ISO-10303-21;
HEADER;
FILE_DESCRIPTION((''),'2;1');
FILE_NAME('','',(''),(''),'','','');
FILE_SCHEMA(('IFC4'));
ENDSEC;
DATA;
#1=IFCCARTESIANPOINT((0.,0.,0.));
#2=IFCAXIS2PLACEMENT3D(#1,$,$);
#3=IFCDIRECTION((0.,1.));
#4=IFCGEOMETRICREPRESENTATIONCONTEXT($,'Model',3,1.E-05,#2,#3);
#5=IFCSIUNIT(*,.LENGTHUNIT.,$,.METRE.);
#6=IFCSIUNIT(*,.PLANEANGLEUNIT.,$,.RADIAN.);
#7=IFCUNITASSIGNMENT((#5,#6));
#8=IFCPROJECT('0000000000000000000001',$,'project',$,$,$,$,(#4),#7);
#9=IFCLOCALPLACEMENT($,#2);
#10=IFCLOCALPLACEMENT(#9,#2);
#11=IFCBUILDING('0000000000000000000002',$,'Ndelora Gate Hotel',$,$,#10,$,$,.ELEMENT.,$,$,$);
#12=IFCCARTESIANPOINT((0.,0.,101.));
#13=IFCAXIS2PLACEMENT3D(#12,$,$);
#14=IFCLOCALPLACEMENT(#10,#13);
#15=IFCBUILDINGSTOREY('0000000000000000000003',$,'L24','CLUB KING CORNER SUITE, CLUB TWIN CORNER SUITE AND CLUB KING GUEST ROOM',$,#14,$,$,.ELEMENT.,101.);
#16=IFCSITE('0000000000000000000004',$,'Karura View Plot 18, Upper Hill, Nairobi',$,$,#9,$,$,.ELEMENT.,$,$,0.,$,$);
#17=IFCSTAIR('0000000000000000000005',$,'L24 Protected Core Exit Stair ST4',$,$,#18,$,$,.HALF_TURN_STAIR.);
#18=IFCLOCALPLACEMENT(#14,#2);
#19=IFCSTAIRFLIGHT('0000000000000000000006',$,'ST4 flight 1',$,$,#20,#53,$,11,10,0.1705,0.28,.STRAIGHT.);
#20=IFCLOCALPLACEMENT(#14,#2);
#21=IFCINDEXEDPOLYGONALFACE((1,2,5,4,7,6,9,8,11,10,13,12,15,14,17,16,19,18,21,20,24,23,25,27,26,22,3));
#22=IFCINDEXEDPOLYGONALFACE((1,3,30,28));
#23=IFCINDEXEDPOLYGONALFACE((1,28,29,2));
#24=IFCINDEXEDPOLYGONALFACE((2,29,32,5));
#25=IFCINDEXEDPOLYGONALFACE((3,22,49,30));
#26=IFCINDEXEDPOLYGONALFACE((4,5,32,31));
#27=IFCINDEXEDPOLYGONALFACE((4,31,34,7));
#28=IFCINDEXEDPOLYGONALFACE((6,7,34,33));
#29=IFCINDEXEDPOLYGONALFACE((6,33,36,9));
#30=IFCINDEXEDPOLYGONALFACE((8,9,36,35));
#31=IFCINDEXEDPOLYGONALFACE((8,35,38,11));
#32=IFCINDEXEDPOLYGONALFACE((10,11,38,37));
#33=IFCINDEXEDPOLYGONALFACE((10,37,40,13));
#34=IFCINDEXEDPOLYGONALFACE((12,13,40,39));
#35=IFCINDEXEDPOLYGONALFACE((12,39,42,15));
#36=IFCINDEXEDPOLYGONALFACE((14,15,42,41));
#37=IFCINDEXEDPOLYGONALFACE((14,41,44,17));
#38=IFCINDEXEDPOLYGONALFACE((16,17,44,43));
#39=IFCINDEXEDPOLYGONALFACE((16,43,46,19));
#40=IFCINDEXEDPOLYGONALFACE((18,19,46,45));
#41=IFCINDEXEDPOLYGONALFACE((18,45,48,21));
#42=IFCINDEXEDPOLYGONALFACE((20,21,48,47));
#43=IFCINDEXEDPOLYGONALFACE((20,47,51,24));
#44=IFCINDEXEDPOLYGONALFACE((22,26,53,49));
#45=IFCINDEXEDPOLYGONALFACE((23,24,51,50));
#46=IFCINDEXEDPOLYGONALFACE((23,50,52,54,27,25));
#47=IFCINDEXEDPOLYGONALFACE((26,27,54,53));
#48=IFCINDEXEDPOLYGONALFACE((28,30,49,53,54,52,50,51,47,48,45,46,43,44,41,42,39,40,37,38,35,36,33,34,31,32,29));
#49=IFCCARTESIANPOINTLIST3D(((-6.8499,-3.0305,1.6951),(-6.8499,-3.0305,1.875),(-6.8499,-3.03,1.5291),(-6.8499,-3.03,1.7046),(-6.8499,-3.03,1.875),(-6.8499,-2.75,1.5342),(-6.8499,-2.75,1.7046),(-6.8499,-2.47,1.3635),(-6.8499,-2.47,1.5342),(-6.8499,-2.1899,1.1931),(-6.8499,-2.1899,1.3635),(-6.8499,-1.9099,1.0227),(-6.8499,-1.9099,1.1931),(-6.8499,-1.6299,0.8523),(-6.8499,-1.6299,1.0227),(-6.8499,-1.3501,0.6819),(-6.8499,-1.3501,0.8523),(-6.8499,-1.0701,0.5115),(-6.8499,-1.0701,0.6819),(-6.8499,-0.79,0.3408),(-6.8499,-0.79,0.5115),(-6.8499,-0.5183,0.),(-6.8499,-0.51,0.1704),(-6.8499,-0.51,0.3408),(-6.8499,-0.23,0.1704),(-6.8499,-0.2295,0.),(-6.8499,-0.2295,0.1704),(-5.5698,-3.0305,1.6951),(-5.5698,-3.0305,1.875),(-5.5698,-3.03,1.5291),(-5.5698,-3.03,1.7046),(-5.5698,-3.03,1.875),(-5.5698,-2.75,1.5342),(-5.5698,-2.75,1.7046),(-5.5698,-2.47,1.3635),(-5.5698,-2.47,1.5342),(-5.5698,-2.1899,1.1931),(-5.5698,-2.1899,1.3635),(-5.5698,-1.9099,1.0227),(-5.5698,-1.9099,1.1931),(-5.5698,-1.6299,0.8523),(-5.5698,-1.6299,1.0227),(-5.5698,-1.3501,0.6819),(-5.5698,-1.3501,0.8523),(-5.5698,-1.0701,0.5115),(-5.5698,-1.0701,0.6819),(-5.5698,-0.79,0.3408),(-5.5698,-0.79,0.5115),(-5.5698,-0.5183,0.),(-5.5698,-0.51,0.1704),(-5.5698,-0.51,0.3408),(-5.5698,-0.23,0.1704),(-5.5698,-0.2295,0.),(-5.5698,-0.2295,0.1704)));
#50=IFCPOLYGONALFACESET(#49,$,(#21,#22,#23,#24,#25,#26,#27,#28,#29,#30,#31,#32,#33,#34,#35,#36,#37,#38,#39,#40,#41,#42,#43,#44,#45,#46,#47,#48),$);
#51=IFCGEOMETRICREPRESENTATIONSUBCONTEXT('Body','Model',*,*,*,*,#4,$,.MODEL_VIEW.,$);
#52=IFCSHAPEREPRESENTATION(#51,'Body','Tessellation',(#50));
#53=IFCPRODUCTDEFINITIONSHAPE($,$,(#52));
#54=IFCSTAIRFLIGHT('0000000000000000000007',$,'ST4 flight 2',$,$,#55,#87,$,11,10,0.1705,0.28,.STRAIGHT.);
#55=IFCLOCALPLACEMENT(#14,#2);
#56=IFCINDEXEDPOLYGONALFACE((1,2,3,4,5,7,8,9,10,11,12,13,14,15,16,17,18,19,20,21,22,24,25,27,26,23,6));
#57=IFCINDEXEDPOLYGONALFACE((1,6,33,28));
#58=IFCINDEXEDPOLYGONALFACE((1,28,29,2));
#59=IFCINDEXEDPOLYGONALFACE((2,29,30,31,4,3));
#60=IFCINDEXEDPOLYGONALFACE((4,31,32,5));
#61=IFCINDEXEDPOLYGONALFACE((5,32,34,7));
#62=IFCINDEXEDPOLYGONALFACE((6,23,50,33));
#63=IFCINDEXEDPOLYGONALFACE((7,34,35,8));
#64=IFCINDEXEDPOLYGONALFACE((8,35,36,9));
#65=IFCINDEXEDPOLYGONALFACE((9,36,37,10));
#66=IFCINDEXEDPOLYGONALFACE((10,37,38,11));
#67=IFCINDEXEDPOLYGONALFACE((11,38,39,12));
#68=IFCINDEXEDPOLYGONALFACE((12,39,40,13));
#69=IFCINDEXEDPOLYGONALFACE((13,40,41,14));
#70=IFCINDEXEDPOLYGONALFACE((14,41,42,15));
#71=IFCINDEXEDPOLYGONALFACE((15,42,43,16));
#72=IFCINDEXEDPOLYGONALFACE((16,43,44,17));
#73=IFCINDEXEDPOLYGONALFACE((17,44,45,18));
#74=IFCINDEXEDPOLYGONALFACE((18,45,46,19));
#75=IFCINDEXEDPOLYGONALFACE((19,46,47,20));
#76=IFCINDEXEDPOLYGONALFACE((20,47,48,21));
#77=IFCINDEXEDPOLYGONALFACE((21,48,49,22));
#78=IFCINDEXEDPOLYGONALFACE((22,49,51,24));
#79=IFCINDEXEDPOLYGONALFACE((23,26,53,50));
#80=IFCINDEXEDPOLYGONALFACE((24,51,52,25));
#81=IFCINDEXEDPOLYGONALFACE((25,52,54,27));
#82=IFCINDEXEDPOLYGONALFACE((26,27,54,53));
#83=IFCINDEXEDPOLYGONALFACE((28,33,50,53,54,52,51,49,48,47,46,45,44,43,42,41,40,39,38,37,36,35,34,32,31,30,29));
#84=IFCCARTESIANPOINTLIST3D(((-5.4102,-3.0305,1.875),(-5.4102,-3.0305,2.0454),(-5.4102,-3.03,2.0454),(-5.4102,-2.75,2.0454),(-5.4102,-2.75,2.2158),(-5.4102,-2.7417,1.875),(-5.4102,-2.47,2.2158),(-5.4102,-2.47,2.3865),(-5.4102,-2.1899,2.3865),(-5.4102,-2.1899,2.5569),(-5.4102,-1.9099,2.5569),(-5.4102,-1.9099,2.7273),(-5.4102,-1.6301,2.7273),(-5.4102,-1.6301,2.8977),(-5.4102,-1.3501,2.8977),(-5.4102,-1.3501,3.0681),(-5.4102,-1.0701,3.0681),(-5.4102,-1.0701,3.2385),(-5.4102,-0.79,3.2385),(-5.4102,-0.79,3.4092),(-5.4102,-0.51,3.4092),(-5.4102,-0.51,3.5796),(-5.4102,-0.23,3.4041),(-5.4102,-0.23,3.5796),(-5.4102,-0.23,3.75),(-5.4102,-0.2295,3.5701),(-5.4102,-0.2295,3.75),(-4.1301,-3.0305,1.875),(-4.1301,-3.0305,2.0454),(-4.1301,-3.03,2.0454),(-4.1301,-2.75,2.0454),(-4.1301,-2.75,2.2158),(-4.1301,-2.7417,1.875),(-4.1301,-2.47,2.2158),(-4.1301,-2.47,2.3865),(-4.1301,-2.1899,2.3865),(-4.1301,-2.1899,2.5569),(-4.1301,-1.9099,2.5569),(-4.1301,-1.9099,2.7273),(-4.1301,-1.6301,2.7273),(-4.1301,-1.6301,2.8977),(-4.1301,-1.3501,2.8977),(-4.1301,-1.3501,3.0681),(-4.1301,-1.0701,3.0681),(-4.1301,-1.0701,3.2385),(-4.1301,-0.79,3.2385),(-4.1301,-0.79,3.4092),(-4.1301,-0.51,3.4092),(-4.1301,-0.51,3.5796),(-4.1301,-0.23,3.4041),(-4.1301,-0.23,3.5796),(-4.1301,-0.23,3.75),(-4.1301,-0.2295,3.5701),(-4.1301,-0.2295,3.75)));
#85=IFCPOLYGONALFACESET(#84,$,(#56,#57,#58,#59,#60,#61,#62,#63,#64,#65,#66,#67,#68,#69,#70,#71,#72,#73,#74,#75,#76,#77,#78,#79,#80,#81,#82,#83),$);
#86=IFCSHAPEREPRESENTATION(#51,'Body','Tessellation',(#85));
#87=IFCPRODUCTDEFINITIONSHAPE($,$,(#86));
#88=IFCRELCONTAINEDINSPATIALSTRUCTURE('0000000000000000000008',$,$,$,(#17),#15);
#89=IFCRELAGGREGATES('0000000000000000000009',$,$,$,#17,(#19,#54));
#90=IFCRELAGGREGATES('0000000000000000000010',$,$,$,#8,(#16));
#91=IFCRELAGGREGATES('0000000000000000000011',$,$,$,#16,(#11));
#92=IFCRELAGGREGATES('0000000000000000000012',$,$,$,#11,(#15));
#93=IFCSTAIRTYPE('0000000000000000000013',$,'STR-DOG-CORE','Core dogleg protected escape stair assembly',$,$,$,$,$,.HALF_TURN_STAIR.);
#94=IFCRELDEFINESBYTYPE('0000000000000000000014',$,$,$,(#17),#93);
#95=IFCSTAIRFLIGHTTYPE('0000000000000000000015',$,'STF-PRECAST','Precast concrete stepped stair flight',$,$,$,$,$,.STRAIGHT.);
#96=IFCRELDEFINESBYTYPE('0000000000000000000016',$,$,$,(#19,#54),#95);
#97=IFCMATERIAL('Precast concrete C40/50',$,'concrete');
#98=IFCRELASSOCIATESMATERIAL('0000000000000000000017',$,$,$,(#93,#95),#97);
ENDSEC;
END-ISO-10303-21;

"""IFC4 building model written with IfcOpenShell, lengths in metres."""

from ifc_helpers import new_model, si_unit, direction, frame, origin, place, context, subcontext, project, spatial, polyline, outline, extrude, material, type_object, element, aggregate, save


model = new_model("IFC4")

# Units and contexts
model_context = context("Model", 3, precision=1e-05, world=origin(), true_north=direction((0.0, 1.0)))
body_context = subcontext(model_context, "Body", "Model", "MODEL_VIEW")
ifc_project = project(units=[si_unit("LENGTHUNIT", "METRE"), si_unit("PLANEANGLEUNIT", "RADIAN")], contexts=[model_context])

# Site, building, storey
site_placement = place(None, origin())
site = spatial("IfcSite", under=ifc_project, at=site_placement, Name="Karura View Plot 18, Upper Hill, Nairobi", CompositionType="ELEMENT", RefElevation=0.0)
building_placement = place(site_placement, origin())
building = spatial("IfcBuilding", under=site, at=building_placement, Name="Ndelora Gate Hotel", CompositionType="ELEMENT")
storey_placement = place(building_placement, frame((0.0, 0.0, 101.0)))
storey = spatial("IfcBuildingStorey", under=building, at=storey_placement, Name="L24", Description="CLUB KING CORNER SUITE, CLUB TWIN CORNER SUITE AND CLUB KING GUEST ROOM", CompositionType="ELEMENT", Elevation=101.0)

# Stair, stair flights
ifc_material_1 = material(Name="Precast concrete C40/50", Category="concrete")
stair_type = type_object("IfcStairType", Name="STR-DOG-CORE", Description="Core dogleg protected escape stair assembly", PredefinedType="HALF_TURN_STAIR", material=ifc_material_1)
stair_placement = place(storey_placement, origin())
stair = element("IfcStair", 1, at=stair_placement, inside=storey, type_object=stair_type, Name="L24 Protected Core Exit Stair ST4", PredefinedType="HALF_TURN_STAIR")
stair_flight_type = type_object("IfcStairFlightType", Name="STF-PRECAST", Description="Precast concrete stepped stair flight", PredefinedType="STRAIGHT", material=ifc_material_1)
stair_flight_1_placement = place(storey_placement, frame((-6.21, -0.23, 0.0), z_axis=(0.0, 0.0, 1.0), x_axis=(0.0, -1.0, 0.0)))
stair_flight_1 = element("IfcStairFlight", 2, at=stair_flight_1_placement, type_object=stair_flight_type, Name="ST4 flight 1", NumberOfRisers=11, NumberOfTreads=10, PredefinedType="STRAIGHT", RiserHeight=0.1705, TreadLength=0.28, context=body_context, shape_type="SweptSolid", body=[
    extrude(outline(polyline([(-0.0005, 0.0), (-0.0005, 0.1704), (0.0, 0.1704), (0.28, 0.1704), (0.28, 0.3408), (0.5601, 0.3408), (0.5601, 0.5115), (0.8401, 0.5115), (0.8401, 0.6819), (1.1201, 0.6819), (1.1201, 0.8523), (1.3999, 0.8523), (1.3999, 1.0227), (1.6799, 1.0227), (1.6799, 1.1931), (1.96, 1.1931), (1.96, 1.3635), (2.24, 1.3635), (2.24, 1.5342), (2.52, 1.5342), (2.52, 1.7046), (2.8, 1.7046), (2.8, 1.875), (2.8005, 1.875), (2.8005, 1.6951), (2.8, 1.5291), (0.2883, 0.0), (-0.0005, 0.0)])), frame((0.0, 0.6401, 0.0), z_axis=(0.0, -1.0, 0.0), x_axis=(1.0, 0.0, 0.0)), (0.0, 0.0, 1.0), 1.28),
])
stair_flight_2_placement = place(storey_placement, frame((-4.77, -3.03, 1.875), z_axis=(0.0, 0.0, 1.0), x_axis=(0.0, 1.0, 0.0)))
stair_flight_2 = element("IfcStairFlight", 3, at=stair_flight_2_placement, type_object=stair_flight_type, Name="ST4 flight 2", NumberOfRisers=11, NumberOfTreads=10, PredefinedType="STRAIGHT", RiserHeight=0.1705, TreadLength=0.28, context=body_context, shape_type="SweptSolid", body=[
    extrude(outline(polyline([(-0.0005, 0.0), (-0.0005, 0.1704), (0.0, 0.1704), (0.28, 0.1704), (0.28, 0.3408), (0.5601, 0.3408), (0.5601, 0.5115), (0.8401, 0.5115), (0.8401, 0.6819), (1.1201, 0.6819), (1.1201, 0.8523), (1.3999, 0.8523), (1.3999, 1.0227), (1.6799, 1.0227), (1.6799, 1.1931), (1.96, 1.1931), (1.96, 1.3635), (2.24, 1.3635), (2.24, 1.5342), (2.52, 1.5342), (2.52, 1.7046), (2.8, 1.7046), (2.8, 1.875), (2.8005, 1.875), (2.8005, 1.6951), (2.8, 1.5291), (0.2883, 0.0), (-0.0005, 0.0)])), frame((0.0, 0.6401, 0.0), z_axis=(0.0, -1.0, 0.0), x_axis=(1.0, 0.0, 0.0)), (0.0, 0.0, 1.0), 1.28),
])
aggregate(stair, [stair_flight_1, stair_flight_2])

save(model, "model.ifc")
